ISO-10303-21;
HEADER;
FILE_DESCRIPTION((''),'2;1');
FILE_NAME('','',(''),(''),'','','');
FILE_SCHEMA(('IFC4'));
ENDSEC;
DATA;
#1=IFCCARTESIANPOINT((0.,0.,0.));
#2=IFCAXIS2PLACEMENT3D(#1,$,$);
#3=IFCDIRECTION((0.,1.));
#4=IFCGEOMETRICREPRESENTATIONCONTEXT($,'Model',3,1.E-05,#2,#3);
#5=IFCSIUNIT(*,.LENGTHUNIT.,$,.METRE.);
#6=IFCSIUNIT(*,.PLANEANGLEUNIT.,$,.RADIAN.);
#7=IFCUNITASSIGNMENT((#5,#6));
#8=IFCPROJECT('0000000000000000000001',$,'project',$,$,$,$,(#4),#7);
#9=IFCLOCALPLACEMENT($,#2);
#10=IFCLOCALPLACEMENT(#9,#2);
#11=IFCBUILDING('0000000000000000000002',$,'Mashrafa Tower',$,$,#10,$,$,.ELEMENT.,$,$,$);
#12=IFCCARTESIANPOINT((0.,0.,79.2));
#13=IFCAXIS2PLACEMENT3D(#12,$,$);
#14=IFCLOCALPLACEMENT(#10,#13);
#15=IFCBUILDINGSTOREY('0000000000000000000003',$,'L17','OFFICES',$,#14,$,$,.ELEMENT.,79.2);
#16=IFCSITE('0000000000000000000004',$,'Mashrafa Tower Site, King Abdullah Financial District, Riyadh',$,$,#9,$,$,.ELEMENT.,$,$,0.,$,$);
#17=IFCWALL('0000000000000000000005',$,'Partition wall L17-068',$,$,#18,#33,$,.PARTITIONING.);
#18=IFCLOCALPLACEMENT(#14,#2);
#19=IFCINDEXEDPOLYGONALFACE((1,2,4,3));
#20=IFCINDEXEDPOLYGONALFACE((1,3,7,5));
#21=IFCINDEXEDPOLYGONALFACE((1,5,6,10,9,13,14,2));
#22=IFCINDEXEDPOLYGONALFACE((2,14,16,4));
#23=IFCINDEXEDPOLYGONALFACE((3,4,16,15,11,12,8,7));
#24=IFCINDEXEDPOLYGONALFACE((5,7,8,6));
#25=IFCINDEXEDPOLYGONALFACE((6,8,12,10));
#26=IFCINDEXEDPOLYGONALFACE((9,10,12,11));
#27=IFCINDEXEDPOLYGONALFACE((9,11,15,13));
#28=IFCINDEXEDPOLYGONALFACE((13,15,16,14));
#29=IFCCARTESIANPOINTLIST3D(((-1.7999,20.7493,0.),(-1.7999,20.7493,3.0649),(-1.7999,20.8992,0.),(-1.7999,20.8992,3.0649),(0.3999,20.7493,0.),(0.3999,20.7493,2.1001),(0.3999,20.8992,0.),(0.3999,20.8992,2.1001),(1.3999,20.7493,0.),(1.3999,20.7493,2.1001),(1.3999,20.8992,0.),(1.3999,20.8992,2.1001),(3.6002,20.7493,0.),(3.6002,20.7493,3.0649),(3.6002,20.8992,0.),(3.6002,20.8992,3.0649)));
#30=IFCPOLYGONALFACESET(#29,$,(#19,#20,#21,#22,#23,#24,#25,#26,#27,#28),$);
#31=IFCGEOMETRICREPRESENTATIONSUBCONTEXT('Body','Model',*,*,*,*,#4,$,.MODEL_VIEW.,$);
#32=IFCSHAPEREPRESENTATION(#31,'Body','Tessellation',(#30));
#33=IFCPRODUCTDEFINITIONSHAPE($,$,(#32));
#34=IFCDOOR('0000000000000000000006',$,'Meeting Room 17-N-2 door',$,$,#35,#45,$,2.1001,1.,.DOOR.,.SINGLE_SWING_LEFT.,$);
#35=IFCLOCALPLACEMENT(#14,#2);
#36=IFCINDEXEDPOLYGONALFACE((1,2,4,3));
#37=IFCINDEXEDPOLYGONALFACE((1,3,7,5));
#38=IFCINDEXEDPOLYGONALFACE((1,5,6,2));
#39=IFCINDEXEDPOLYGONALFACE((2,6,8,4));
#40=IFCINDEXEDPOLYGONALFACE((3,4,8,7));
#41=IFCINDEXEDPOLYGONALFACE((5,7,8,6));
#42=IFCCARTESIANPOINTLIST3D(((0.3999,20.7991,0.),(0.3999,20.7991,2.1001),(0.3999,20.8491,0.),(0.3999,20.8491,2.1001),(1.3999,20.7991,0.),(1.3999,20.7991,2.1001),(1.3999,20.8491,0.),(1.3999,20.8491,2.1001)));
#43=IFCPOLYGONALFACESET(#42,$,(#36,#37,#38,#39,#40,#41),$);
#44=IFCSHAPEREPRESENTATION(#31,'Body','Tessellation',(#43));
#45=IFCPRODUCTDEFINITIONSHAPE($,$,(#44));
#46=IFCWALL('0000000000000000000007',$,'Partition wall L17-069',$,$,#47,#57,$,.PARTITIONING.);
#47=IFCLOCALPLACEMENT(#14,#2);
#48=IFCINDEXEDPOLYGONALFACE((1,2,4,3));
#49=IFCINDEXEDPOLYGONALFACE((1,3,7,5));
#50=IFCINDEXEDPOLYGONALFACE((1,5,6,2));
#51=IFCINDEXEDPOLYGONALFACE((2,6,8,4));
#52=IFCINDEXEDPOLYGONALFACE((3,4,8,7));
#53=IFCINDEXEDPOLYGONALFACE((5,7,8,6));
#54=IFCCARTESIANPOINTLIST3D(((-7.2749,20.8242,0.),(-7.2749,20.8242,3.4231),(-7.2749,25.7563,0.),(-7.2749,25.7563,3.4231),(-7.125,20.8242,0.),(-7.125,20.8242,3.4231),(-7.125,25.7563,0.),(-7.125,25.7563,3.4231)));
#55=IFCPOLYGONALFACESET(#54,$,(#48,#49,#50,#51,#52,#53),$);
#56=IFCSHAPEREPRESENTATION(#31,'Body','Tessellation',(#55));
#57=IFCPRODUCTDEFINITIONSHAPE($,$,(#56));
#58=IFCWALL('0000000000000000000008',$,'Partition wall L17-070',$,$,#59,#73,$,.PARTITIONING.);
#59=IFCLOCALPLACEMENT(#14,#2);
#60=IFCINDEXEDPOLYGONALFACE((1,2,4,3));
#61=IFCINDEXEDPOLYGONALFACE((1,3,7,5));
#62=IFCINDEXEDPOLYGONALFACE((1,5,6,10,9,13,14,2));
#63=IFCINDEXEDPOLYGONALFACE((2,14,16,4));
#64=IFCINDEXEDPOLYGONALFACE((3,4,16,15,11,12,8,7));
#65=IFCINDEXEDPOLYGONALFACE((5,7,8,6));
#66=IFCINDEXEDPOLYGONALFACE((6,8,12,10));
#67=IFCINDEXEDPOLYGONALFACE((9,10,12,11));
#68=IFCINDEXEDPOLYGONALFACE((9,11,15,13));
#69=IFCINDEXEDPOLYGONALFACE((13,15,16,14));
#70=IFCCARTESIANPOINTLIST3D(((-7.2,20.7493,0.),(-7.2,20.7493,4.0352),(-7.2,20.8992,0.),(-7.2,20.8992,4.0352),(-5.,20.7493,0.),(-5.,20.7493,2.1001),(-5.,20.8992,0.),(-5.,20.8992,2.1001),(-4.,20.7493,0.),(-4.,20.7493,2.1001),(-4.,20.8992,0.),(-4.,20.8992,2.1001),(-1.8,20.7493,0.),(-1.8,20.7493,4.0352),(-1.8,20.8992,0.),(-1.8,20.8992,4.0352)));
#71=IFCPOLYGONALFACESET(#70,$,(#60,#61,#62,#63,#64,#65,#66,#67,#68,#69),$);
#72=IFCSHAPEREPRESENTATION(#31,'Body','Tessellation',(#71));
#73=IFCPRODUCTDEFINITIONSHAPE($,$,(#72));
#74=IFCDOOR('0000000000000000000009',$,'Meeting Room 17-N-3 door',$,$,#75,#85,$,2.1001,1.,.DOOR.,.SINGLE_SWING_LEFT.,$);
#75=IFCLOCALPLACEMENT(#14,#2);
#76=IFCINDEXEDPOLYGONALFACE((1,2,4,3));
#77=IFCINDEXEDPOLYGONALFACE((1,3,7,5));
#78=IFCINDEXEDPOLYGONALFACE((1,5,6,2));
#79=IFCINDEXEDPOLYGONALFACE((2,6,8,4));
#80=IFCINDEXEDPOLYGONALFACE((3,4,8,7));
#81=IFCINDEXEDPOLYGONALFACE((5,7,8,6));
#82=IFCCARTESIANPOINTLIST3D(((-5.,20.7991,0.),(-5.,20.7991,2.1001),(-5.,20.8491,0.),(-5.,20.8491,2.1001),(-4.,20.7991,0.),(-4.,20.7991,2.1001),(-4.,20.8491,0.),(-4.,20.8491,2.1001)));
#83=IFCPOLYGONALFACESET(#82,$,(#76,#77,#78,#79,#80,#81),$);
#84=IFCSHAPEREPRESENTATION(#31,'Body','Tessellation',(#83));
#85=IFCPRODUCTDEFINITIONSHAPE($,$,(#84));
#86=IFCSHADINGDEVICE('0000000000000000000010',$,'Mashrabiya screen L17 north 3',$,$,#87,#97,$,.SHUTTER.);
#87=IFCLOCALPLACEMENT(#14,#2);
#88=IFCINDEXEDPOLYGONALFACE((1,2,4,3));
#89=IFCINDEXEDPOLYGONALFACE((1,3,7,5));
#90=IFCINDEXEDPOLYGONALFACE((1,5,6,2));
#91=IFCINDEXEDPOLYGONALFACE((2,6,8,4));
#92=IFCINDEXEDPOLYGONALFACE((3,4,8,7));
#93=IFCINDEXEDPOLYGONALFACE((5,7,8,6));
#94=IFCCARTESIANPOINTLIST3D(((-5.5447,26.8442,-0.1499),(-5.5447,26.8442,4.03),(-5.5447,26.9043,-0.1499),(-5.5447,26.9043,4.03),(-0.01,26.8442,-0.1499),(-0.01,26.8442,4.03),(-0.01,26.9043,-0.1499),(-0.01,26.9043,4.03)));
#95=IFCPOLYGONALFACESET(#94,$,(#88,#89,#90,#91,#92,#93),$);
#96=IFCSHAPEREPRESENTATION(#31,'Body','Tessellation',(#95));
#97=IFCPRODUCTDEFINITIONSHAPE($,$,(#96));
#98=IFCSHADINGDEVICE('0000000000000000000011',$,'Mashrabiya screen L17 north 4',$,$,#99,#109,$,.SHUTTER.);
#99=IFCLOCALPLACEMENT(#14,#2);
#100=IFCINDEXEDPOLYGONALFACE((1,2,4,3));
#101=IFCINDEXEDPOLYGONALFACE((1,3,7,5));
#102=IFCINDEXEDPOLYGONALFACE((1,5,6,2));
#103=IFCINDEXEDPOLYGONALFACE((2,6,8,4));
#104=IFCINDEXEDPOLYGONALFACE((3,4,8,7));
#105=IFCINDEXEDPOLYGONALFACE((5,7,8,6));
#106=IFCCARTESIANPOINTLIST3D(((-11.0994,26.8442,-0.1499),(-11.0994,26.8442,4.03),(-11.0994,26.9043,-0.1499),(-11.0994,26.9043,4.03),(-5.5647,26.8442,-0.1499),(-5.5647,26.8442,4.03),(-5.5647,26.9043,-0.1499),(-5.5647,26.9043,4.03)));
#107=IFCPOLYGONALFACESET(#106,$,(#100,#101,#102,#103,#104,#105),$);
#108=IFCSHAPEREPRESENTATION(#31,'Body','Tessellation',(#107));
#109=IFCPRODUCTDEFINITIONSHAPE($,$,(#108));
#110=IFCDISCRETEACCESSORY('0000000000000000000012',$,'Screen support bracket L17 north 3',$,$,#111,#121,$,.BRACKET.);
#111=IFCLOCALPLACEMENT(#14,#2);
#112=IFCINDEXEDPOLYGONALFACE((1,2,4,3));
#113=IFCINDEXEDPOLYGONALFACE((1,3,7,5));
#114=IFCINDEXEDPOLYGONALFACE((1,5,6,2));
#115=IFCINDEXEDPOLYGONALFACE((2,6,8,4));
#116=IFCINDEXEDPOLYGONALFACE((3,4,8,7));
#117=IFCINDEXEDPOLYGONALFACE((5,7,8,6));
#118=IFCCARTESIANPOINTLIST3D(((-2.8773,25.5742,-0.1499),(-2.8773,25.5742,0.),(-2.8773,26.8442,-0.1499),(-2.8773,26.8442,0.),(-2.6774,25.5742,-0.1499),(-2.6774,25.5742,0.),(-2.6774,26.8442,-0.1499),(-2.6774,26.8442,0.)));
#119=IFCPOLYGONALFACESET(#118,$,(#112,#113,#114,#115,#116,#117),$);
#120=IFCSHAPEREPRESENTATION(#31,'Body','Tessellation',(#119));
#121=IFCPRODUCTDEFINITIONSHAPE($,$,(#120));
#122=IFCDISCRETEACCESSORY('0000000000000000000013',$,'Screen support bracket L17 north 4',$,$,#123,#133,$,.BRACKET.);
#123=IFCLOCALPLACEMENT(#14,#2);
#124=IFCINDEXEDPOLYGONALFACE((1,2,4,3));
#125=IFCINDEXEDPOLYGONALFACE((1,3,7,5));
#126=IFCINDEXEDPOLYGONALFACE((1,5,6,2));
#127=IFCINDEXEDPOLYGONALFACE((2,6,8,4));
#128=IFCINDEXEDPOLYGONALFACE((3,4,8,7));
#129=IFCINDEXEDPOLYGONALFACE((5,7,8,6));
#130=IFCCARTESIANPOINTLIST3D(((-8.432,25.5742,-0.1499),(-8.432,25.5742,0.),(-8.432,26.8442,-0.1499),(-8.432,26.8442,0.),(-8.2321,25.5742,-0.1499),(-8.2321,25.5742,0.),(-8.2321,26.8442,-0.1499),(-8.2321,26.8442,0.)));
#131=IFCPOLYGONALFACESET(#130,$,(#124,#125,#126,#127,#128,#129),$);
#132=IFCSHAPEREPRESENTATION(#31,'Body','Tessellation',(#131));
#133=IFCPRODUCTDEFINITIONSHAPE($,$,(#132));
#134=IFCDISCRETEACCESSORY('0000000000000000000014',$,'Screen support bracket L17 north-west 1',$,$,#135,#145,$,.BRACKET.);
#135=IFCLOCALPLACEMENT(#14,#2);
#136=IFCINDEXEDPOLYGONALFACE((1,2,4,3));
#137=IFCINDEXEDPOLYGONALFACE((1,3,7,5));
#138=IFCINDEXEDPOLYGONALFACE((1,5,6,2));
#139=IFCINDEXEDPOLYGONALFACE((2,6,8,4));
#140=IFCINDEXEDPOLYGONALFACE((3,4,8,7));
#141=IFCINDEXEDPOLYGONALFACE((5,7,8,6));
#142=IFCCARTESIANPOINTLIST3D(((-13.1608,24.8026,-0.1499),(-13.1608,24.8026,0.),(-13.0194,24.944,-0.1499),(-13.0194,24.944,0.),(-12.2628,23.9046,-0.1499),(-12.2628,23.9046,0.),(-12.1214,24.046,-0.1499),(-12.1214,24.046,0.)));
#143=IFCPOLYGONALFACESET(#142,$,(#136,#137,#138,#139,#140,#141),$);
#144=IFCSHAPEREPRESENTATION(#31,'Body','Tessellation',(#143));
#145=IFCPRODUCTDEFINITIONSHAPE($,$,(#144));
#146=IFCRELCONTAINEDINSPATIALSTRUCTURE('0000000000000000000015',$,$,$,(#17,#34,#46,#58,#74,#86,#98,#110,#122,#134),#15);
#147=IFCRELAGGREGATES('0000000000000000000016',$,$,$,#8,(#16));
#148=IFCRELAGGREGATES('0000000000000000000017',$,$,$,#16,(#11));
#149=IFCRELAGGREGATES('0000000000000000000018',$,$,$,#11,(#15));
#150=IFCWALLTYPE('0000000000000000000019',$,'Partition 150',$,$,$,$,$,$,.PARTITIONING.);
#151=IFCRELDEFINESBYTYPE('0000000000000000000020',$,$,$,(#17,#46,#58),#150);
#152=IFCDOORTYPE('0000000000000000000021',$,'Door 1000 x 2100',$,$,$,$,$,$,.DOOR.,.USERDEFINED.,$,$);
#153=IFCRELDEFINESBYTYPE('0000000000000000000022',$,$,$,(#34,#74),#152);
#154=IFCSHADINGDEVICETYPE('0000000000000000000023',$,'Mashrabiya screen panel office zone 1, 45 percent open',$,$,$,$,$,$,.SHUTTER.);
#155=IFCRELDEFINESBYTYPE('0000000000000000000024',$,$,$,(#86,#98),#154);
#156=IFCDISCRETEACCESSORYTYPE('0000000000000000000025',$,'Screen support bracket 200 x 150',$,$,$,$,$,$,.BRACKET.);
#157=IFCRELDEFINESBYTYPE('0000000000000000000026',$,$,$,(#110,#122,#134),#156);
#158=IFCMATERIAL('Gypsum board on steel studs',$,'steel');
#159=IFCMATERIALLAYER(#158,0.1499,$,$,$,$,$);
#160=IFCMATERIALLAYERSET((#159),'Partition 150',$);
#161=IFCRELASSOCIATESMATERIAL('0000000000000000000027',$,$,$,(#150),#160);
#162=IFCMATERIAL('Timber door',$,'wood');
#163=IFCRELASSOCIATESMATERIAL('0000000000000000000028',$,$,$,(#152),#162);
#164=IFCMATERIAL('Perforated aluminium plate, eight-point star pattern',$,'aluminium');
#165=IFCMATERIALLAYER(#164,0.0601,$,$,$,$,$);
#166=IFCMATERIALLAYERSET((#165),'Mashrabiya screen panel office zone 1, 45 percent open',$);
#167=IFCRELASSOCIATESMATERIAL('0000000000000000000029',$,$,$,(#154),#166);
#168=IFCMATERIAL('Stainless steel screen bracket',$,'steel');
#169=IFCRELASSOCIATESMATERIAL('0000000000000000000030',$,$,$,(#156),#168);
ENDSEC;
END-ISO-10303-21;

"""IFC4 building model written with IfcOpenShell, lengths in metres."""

from ifc_helpers import new_model, si_unit, direction, frame, frame_2d, origin, origin_2d, place, context, subcontext, project, spatial, rectangle, extrude, source, transform, mapped, material, layer, layer_set, type_object, type_shapes, element, fill, save


model = new_model("IFC4")

# Units and contexts
model_context = context("Model", 3, precision=1e-05, world=origin(), true_north=direction((0.0, 1.0)))
body_context = subcontext(model_context, "Body", "Model", "MODEL_VIEW")
ifc_project = project(units=[si_unit("LENGTHUNIT", "METRE"), si_unit("PLANEANGLEUNIT", "RADIAN")], contexts=[model_context])

# Site, building, storey
site_placement = place(None, origin())
site = spatial("IfcSite", under=ifc_project, at=site_placement, Name="Mashrafa Tower Site, King Abdullah Financial District, Riyadh", CompositionType="ELEMENT", RefElevation=0.0)
building_placement = place(site_placement, origin())
building = spatial("IfcBuilding", under=site, at=building_placement, Name="Mashrafa Tower", CompositionType="ELEMENT")
storey_placement = place(building_placement, frame((0.0, 0.0, 79.2)))
storey = spatial("IfcBuildingStorey", under=building, at=storey_placement, Name="L17", Description="OFFICES", CompositionType="ELEMENT", Elevation=79.2)

# Shared definitions
ifc_material_1 = material(Name="Gypsum board on steel studs", Category="steel")
ifc_layer_1 = layer(ifc_material_1, 0.1499)
ifc_layer_set_1 = layer_set([ifc_layer_1], Name="Partition 150")
wall_type_1 = type_object("IfcWallType", Name="Partition 150", PredefinedType="PARTITIONING", material=ifc_layer_set_1)
ifc_material_2 = material(Name="Timber door", Category="wood")
door_type = type_object("IfcDoorType", Name="Door 1000 x 2100", OperationType="USERDEFINED", PredefinedType="DOOR", material=ifc_material_2)

# Wall, opening, door
wall_1_placement = place(storey_placement, frame((-1.8, 20.8242, 0.0), z_axis=(0.0, 0.0, 1.0), x_axis=(1.0, 0.0, 0.0)))
wall_1 = element("IfcWall", 1, at=wall_1_placement, inside=storey, type_object=wall_type_1, Name="Partition wall L17-068", PredefinedType="PARTITIONING", context=body_context, shape_type="SweptSolid", body=[
    extrude(rectangle(XDim=5.4001, YDim=0.1499, at=frame_2d((2.7002, 0.0))), origin(), (0.0, 0.0, 1.0), 3.0649),
])
opening_1_placement = place(wall_1_placement, frame((2.2, 0.0, 0.0)))
opening_1 = element("IfcOpeningElement", 2, at=opening_1_placement, cuts=wall_1, PredefinedType="OPENING", context=body_context, shape_type="SweptSolid", body=[
    extrude(rectangle(XDim=1.0, YDim=2.1001, at=frame_2d((0.5, 1.05))), frame((0.0, 0.085, 0.0), z_axis=(0.0, -1.0, 0.0), x_axis=(1.0, 0.0, 0.0)), (0.0, 0.0, 1.0), 0.1699),
])
door_1_placement = place(opening_1_placement, origin())
door_1 = element("IfcDoor", 3, at=door_1_placement, inside=storey, type_object=door_type, Name="Meeting Room 17-N-2 door", OperationType="SINGLE_SWING_LEFT", OverallHeight=2.1001, OverallWidth=1.0, PredefinedType="DOOR", context=body_context, shape_type="SweptSolid", body=[
    extrude(rectangle(XDim=1.0, YDim=2.1001, at=frame_2d((0.5, 1.05))), frame((0.0, 0.0249, 0.0), z_axis=(0.0, -1.0, 0.0), x_axis=(1.0, 0.0, 0.0)), (0.0, 0.0, 1.0), 0.05),
])
fill(opening_1, door_1)

# Wall
wall_2_placement = place(storey_placement, frame((-7.2, 25.7563, 0.0), z_axis=(0.0, 0.0, 1.0), x_axis=(0.0, -1.0, 0.0)))
element("IfcWall", 4, at=wall_2_placement, inside=storey, type_object=wall_type_1, Name="Partition wall L17-069", PredefinedType="PARTITIONING", context=body_context, shape_type="SweptSolid", body=[
    extrude(rectangle(XDim=4.9321, YDim=0.1499, at=frame_2d((2.4661, 0.0))), origin(), (0.0, 0.0, 1.0), 3.4231),
])

# Wall, opening, door
wall_3_placement = place(storey_placement, frame((-7.2, 20.8242, 0.0), z_axis=(0.0, 0.0, 1.0), x_axis=(1.0, 0.0, 0.0)))
wall_3 = element("IfcWall", 5, at=wall_3_placement, inside=storey, type_object=wall_type_1, Name="Partition wall L17-070", PredefinedType="PARTITIONING", context=body_context, shape_type="SweptSolid", body=[
    extrude(rectangle(XDim=5.3999, YDim=0.1499, at=frame_2d((2.7, 0.0))), origin(), (0.0, 0.0, 1.0), 4.0352),
])
opening_2_placement = place(wall_3_placement, frame((2.2, 0.0, 0.0)))
opening_2 = element("IfcOpeningElement", 6, at=opening_2_placement, cuts=wall_3, PredefinedType="OPENING", context=body_context, shape_type="SweptSolid", body=[
    extrude(rectangle(XDim=1.0, YDim=2.1001, at=frame_2d((0.5, 1.05))), frame((0.0, 0.085, 0.0), z_axis=(0.0, -1.0, 0.0), x_axis=(1.0, 0.0, 0.0)), (0.0, 0.0, 1.0), 0.1699),
])
door_2_placement = place(opening_2_placement, origin())
door_2 = element("IfcDoor", 7, at=door_2_placement, inside=storey, type_object=door_type, Name="Meeting Room 17-N-3 door", OperationType="SINGLE_SWING_LEFT", OverallHeight=2.1001, OverallWidth=1.0, PredefinedType="DOOR", context=body_context, shape_type="SweptSolid", body=[
    extrude(rectangle(XDim=1.0, YDim=2.1001, at=frame_2d((0.5, 1.05))), frame((0.0, 0.0249, 0.0), z_axis=(0.0, -1.0, 0.0), x_axis=(1.0, 0.0, 0.0)), (0.0, 0.0, 1.0), 0.05),
])
fill(opening_2, door_2)

# Shading devices
ifc_material_3 = material(Name="Perforated aluminium plate, eight-point star pattern", Category="aluminium")
ifc_layer_2 = layer(ifc_material_3, 0.0601)
ifc_layer_set_2 = layer_set([ifc_layer_2], Name="Mashrabiya screen panel office zone 1, 45 percent open")
shading_device_type = type_object("IfcShadingDeviceType", Name="Mashrabiya screen panel office zone 1, 45 percent open", PredefinedType="SHUTTER", material=ifc_layer_set_2)
shared_shape_1 = source(origin(), body_context, "Body", "SweptSolid", [
    extrude(rectangle(XDim=5.5347, YDim=0.0601, at=origin_2d()), origin(), (0.0, 0.0, 1.0), 4.1799),
])
type_shapes(shading_device_type, [shared_shape_1])
for number, where, z_axis, x_axis, name in (
    (8, (-2.7773, 26.8743, -0.1499), (0.0, 0.0, 1.0), (-1.0, 0.0, 0.0), "Mashrabiya screen L17 north 3"),
    (9, (-8.332, 26.8743, -0.1499), (0.0, 0.0, 1.0), (-1.0, 0.0, 0.0), "Mashrabiya screen L17 north 4"),
):
    element("IfcShadingDevice", number, at=place(storey_placement, frame(where, z_axis=z_axis, x_axis=x_axis)), inside=storey, type_object=shading_device_type, Name=name, PredefinedType="SHUTTER", context=body_context, shape_type="MappedRepresentation", body=[
        mapped(shared_shape_1, transform((0.0, 0.0, 0.0))),
    ])

# Discrete accessories
ifc_material_4 = material(Name="Stainless steel screen bracket", Category="steel")
discrete_accessory_type = type_object("IfcDiscreteAccessoryType", Name="Screen support bracket 200 x 150", PredefinedType="BRACKET", material=ifc_material_4)
shared_shape_2 = source(origin(), body_context, "Body", "SweptSolid", [
    extrude(rectangle(XDim=0.2, YDim=1.27, at=origin_2d()), origin(), (0.0, 0.0, 1.0), 0.1499),
])
type_shapes(discrete_accessory_type, [shared_shape_2])
for number, where, z_axis, x_axis, name in (
    (10, (-2.7773, 26.2092, -0.1499), (0.0, 0.0, 1.0), (-1.0, 0.0, 0.0), "Screen support bracket L17 north 3"),
    (11, (-8.332, 26.2092, -0.1499), (0.0, 0.0, 1.0), (-1.0, 0.0, 0.0), "Screen support bracket L17 north 4"),
    (12, (-12.6411, 24.4243, -0.1499), (0.0, 0.0, 1.0), (-0.707107, -0.707107, 0.0), "Screen support bracket L17 north-west 1"),
):
    element("IfcDiscreteAccessory", number, at=place(storey_placement, frame(where, z_axis=z_axis, x_axis=x_axis)), inside=storey, type_object=discrete_accessory_type, Name=name, PredefinedType="BRACKET", context=body_context, shape_type="MappedRepresentation", body=[
        mapped(shared_shape_2, transform((0.0, 0.0, 0.0))),
    ])

save(model, "model.ifc")
